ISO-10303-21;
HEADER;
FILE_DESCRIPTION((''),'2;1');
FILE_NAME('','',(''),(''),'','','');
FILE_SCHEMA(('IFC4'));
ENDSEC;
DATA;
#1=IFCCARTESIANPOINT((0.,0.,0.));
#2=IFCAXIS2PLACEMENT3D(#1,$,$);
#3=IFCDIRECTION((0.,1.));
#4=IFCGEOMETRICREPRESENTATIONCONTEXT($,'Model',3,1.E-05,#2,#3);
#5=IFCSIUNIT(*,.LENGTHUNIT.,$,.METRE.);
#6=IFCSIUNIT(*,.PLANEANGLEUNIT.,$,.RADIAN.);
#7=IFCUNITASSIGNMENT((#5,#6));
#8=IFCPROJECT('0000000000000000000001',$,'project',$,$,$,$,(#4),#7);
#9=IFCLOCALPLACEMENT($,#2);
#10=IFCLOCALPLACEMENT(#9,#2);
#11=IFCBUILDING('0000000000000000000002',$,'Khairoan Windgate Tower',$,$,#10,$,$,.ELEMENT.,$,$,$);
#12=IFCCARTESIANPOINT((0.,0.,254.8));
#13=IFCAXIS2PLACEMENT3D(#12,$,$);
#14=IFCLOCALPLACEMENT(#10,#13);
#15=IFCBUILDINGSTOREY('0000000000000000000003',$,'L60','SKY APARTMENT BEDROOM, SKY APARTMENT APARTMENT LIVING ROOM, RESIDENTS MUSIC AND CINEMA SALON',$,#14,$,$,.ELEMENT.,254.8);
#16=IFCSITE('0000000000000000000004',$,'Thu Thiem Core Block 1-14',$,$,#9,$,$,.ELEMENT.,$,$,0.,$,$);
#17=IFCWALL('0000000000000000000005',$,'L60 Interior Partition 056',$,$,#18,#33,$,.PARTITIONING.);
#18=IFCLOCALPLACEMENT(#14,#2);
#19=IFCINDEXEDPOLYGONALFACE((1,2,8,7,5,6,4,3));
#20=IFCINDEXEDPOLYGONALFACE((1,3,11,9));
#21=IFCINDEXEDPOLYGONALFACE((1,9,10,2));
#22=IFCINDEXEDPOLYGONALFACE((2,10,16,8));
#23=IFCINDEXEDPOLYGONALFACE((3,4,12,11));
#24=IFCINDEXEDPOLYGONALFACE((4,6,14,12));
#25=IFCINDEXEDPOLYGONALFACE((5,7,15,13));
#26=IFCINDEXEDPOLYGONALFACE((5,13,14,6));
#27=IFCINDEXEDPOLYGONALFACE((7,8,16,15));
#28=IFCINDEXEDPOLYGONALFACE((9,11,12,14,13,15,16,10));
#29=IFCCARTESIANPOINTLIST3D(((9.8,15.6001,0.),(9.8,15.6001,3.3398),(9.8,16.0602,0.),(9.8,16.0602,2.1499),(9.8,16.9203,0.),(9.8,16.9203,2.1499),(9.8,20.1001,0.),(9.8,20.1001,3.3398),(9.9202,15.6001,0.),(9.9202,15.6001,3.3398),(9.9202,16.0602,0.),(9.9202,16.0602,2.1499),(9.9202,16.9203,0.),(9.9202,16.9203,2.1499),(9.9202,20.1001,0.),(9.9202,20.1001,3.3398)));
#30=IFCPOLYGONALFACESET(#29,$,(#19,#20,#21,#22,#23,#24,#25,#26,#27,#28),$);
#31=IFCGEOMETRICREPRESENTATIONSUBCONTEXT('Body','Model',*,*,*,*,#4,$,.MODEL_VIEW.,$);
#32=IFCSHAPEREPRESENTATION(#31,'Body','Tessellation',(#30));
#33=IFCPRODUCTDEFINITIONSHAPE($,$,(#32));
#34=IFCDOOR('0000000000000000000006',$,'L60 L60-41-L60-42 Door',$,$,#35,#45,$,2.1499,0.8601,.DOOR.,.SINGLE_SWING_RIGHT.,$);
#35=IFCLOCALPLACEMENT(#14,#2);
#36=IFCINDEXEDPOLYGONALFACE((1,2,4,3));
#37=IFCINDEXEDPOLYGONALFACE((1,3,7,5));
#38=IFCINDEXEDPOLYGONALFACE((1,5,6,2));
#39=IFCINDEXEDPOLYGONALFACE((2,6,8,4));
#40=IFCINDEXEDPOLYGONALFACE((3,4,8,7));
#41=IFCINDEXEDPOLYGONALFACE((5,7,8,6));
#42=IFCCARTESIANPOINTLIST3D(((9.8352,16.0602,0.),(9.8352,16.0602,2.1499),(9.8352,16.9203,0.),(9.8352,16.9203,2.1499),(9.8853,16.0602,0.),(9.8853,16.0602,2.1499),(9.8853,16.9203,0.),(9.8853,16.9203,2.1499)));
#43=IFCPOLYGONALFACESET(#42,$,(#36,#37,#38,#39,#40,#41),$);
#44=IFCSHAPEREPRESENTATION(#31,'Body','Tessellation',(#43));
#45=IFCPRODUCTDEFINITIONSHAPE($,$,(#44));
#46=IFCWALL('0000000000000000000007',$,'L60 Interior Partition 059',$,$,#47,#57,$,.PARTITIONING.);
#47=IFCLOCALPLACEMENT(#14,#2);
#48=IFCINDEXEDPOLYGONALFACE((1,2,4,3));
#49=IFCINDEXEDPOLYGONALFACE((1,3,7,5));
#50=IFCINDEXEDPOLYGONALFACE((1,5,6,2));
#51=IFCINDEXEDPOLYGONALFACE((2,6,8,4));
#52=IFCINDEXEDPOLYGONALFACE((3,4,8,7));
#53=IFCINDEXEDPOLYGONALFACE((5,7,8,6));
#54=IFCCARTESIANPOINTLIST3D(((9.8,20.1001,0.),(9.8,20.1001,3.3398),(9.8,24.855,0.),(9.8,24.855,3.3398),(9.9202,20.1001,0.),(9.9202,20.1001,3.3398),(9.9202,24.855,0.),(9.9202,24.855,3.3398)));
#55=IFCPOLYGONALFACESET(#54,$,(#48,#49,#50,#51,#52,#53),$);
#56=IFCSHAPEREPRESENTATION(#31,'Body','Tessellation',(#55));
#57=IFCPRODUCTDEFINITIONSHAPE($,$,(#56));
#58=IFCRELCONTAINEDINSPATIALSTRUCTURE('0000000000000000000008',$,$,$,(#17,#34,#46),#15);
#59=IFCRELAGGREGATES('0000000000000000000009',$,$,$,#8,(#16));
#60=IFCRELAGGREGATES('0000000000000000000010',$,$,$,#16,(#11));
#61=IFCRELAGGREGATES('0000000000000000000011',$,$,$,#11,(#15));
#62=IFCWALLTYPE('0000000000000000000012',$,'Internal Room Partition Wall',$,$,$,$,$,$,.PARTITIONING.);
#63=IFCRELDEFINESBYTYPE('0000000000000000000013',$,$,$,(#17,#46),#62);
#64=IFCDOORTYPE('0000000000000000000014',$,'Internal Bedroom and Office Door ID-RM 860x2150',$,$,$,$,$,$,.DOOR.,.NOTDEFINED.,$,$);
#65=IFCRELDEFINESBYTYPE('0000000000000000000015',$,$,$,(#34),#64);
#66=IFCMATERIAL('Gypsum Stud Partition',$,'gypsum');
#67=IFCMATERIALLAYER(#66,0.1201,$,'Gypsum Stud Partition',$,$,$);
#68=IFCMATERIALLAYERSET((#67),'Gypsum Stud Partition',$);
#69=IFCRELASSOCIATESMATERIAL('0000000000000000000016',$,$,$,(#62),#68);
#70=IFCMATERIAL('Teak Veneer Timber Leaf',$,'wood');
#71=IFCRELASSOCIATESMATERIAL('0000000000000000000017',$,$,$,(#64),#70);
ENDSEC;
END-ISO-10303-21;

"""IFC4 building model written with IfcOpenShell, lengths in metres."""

from ifc_helpers import new_model, si_unit, direction, frame, frame_2d, origin, place, context, subcontext, project, spatial, rectangle, extrude, material, layer, layer_set, type_object, element, fill, save


model = new_model("IFC4")

# Units and contexts
model_context = context("Model", 3, precision=1e-05, world=origin(), true_north=direction((0.0, 1.0)))
body_context = subcontext(model_context, "Body", "Model", "MODEL_VIEW")
ifc_project = project(units=[si_unit("LENGTHUNIT", "METRE"), si_unit("PLANEANGLEUNIT", "RADIAN")], contexts=[model_context])

# Site, building, storey
site_placement = place(None, origin())
site = spatial("IfcSite", under=ifc_project, at=site_placement, Name="Thu Thiem Core Block 1-14", CompositionType="ELEMENT", RefElevation=0.0)
building_placement = place(site_placement, origin())
building = spatial("IfcBuilding", under=site, at=building_placement, Name="Khairoan Windgate Tower", CompositionType="ELEMENT")
storey_placement = place(building_placement, frame((0.0, 0.0, 254.8)))
storey = spatial("IfcBuildingStorey", under=building, at=storey_placement, Name="L60", Description="SKY APARTMENT BEDROOM, SKY APARTMENT APARTMENT LIVING ROOM, RESIDENTS MUSIC AND CINEMA SALON", CompositionType="ELEMENT", Elevation=254.8)

# Wall, opening, door
ifc_material_1 = material(Name="Gypsum Stud Partition", Category="gypsum")
ifc_layer_1 = layer(ifc_material_1, 0.1201, Name="Gypsum Stud Partition")
ifc_layer_set_1 = layer_set([ifc_layer_1], Name="Gypsum Stud Partition")
wall_type_1 = type_object("IfcWallType", Name="Internal Room Partition Wall", PredefinedType="PARTITIONING", material=ifc_layer_set_1)
wall_1_placement = place(storey_placement, frame((9.8601, 15.6001, 0.0), z_axis=(0.0, 0.0, 1.0), x_axis=(0.0, 1.0, 0.0)))
wall_1 = element("IfcWall", 1, at=wall_1_placement, inside=storey, type_object=wall_type_1, Name="L60 Interior Partition 056", PredefinedType="PARTITIONING", context=body_context, shape_type="SweptSolid", body=[
    extrude(rectangle(XDim=4.5, YDim=0.1201, at=frame_2d((2.25, 0.0))), origin(), (0.0, 0.0, 1.0), 3.3398),
])
opening_placement = place(wall_1_placement, frame((0.46, 0.0, 0.0)))
opening = element("IfcOpeningElement", 2, at=opening_placement, cuts=wall_1, PredefinedType="OPENING", context=body_context, shape_type="SweptSolid", body=[
    extrude(rectangle(XDim=0.8601, YDim=2.1499, at=frame_2d((0.4302, 1.075))), frame((0.0, 0.0701, 0.0), z_axis=(0.0, -1.0, 0.0), x_axis=(1.0, 0.0, 0.0)), (0.0, 0.0, 1.0), 0.1401),
])
ifc_material_2 = material(Name="Teak Veneer Timber Leaf", Category="wood")
door_type = type_object("IfcDoorType", Name="Internal Bedroom and Office Door ID-RM 860x2150", OperationType="NOTDEFINED", PredefinedType="DOOR", material=ifc_material_2)
door_placement = place(opening_placement, origin())
door = element("IfcDoor", 3, at=door_placement, inside=storey, type_object=door_type, Name="L60 L60-41-L60-42 Door", OperationType="SINGLE_SWING_RIGHT", OverallHeight=2.1499, OverallWidth=0.8601, PredefinedType="DOOR", context=body_context, shape_type="SweptSolid", body=[
    extrude(rectangle(XDim=0.8601, YDim=2.1499, at=frame_2d((0.4302, 1.075))), frame((0.0, 0.0249, 0.0), z_axis=(0.0, -1.0, 0.0), x_axis=(1.0, 0.0, 0.0)), (0.0, 0.0, 1.0), 0.05),
])
fill(opening, door)

# Wall
wall_2_placement = place(storey_placement, frame((9.8601, 20.1001, 0.0), z_axis=(0.0, 0.0, 1.0), x_axis=(0.0, 1.0, 0.0)))
element("IfcWall", 4, at=wall_2_placement, inside=storey, type_object=wall_type_1, Name="L60 Interior Partition 059", PredefinedType="PARTITIONING", context=body_context, shape_type="SweptSolid", body=[
    extrude(rectangle(XDim=4.7549, YDim=0.1201, at=frame_2d((2.3774, 0.0))), origin(), (0.0, 0.0, 1.0), 3.3398),
])

save(model, "model.ifc")
